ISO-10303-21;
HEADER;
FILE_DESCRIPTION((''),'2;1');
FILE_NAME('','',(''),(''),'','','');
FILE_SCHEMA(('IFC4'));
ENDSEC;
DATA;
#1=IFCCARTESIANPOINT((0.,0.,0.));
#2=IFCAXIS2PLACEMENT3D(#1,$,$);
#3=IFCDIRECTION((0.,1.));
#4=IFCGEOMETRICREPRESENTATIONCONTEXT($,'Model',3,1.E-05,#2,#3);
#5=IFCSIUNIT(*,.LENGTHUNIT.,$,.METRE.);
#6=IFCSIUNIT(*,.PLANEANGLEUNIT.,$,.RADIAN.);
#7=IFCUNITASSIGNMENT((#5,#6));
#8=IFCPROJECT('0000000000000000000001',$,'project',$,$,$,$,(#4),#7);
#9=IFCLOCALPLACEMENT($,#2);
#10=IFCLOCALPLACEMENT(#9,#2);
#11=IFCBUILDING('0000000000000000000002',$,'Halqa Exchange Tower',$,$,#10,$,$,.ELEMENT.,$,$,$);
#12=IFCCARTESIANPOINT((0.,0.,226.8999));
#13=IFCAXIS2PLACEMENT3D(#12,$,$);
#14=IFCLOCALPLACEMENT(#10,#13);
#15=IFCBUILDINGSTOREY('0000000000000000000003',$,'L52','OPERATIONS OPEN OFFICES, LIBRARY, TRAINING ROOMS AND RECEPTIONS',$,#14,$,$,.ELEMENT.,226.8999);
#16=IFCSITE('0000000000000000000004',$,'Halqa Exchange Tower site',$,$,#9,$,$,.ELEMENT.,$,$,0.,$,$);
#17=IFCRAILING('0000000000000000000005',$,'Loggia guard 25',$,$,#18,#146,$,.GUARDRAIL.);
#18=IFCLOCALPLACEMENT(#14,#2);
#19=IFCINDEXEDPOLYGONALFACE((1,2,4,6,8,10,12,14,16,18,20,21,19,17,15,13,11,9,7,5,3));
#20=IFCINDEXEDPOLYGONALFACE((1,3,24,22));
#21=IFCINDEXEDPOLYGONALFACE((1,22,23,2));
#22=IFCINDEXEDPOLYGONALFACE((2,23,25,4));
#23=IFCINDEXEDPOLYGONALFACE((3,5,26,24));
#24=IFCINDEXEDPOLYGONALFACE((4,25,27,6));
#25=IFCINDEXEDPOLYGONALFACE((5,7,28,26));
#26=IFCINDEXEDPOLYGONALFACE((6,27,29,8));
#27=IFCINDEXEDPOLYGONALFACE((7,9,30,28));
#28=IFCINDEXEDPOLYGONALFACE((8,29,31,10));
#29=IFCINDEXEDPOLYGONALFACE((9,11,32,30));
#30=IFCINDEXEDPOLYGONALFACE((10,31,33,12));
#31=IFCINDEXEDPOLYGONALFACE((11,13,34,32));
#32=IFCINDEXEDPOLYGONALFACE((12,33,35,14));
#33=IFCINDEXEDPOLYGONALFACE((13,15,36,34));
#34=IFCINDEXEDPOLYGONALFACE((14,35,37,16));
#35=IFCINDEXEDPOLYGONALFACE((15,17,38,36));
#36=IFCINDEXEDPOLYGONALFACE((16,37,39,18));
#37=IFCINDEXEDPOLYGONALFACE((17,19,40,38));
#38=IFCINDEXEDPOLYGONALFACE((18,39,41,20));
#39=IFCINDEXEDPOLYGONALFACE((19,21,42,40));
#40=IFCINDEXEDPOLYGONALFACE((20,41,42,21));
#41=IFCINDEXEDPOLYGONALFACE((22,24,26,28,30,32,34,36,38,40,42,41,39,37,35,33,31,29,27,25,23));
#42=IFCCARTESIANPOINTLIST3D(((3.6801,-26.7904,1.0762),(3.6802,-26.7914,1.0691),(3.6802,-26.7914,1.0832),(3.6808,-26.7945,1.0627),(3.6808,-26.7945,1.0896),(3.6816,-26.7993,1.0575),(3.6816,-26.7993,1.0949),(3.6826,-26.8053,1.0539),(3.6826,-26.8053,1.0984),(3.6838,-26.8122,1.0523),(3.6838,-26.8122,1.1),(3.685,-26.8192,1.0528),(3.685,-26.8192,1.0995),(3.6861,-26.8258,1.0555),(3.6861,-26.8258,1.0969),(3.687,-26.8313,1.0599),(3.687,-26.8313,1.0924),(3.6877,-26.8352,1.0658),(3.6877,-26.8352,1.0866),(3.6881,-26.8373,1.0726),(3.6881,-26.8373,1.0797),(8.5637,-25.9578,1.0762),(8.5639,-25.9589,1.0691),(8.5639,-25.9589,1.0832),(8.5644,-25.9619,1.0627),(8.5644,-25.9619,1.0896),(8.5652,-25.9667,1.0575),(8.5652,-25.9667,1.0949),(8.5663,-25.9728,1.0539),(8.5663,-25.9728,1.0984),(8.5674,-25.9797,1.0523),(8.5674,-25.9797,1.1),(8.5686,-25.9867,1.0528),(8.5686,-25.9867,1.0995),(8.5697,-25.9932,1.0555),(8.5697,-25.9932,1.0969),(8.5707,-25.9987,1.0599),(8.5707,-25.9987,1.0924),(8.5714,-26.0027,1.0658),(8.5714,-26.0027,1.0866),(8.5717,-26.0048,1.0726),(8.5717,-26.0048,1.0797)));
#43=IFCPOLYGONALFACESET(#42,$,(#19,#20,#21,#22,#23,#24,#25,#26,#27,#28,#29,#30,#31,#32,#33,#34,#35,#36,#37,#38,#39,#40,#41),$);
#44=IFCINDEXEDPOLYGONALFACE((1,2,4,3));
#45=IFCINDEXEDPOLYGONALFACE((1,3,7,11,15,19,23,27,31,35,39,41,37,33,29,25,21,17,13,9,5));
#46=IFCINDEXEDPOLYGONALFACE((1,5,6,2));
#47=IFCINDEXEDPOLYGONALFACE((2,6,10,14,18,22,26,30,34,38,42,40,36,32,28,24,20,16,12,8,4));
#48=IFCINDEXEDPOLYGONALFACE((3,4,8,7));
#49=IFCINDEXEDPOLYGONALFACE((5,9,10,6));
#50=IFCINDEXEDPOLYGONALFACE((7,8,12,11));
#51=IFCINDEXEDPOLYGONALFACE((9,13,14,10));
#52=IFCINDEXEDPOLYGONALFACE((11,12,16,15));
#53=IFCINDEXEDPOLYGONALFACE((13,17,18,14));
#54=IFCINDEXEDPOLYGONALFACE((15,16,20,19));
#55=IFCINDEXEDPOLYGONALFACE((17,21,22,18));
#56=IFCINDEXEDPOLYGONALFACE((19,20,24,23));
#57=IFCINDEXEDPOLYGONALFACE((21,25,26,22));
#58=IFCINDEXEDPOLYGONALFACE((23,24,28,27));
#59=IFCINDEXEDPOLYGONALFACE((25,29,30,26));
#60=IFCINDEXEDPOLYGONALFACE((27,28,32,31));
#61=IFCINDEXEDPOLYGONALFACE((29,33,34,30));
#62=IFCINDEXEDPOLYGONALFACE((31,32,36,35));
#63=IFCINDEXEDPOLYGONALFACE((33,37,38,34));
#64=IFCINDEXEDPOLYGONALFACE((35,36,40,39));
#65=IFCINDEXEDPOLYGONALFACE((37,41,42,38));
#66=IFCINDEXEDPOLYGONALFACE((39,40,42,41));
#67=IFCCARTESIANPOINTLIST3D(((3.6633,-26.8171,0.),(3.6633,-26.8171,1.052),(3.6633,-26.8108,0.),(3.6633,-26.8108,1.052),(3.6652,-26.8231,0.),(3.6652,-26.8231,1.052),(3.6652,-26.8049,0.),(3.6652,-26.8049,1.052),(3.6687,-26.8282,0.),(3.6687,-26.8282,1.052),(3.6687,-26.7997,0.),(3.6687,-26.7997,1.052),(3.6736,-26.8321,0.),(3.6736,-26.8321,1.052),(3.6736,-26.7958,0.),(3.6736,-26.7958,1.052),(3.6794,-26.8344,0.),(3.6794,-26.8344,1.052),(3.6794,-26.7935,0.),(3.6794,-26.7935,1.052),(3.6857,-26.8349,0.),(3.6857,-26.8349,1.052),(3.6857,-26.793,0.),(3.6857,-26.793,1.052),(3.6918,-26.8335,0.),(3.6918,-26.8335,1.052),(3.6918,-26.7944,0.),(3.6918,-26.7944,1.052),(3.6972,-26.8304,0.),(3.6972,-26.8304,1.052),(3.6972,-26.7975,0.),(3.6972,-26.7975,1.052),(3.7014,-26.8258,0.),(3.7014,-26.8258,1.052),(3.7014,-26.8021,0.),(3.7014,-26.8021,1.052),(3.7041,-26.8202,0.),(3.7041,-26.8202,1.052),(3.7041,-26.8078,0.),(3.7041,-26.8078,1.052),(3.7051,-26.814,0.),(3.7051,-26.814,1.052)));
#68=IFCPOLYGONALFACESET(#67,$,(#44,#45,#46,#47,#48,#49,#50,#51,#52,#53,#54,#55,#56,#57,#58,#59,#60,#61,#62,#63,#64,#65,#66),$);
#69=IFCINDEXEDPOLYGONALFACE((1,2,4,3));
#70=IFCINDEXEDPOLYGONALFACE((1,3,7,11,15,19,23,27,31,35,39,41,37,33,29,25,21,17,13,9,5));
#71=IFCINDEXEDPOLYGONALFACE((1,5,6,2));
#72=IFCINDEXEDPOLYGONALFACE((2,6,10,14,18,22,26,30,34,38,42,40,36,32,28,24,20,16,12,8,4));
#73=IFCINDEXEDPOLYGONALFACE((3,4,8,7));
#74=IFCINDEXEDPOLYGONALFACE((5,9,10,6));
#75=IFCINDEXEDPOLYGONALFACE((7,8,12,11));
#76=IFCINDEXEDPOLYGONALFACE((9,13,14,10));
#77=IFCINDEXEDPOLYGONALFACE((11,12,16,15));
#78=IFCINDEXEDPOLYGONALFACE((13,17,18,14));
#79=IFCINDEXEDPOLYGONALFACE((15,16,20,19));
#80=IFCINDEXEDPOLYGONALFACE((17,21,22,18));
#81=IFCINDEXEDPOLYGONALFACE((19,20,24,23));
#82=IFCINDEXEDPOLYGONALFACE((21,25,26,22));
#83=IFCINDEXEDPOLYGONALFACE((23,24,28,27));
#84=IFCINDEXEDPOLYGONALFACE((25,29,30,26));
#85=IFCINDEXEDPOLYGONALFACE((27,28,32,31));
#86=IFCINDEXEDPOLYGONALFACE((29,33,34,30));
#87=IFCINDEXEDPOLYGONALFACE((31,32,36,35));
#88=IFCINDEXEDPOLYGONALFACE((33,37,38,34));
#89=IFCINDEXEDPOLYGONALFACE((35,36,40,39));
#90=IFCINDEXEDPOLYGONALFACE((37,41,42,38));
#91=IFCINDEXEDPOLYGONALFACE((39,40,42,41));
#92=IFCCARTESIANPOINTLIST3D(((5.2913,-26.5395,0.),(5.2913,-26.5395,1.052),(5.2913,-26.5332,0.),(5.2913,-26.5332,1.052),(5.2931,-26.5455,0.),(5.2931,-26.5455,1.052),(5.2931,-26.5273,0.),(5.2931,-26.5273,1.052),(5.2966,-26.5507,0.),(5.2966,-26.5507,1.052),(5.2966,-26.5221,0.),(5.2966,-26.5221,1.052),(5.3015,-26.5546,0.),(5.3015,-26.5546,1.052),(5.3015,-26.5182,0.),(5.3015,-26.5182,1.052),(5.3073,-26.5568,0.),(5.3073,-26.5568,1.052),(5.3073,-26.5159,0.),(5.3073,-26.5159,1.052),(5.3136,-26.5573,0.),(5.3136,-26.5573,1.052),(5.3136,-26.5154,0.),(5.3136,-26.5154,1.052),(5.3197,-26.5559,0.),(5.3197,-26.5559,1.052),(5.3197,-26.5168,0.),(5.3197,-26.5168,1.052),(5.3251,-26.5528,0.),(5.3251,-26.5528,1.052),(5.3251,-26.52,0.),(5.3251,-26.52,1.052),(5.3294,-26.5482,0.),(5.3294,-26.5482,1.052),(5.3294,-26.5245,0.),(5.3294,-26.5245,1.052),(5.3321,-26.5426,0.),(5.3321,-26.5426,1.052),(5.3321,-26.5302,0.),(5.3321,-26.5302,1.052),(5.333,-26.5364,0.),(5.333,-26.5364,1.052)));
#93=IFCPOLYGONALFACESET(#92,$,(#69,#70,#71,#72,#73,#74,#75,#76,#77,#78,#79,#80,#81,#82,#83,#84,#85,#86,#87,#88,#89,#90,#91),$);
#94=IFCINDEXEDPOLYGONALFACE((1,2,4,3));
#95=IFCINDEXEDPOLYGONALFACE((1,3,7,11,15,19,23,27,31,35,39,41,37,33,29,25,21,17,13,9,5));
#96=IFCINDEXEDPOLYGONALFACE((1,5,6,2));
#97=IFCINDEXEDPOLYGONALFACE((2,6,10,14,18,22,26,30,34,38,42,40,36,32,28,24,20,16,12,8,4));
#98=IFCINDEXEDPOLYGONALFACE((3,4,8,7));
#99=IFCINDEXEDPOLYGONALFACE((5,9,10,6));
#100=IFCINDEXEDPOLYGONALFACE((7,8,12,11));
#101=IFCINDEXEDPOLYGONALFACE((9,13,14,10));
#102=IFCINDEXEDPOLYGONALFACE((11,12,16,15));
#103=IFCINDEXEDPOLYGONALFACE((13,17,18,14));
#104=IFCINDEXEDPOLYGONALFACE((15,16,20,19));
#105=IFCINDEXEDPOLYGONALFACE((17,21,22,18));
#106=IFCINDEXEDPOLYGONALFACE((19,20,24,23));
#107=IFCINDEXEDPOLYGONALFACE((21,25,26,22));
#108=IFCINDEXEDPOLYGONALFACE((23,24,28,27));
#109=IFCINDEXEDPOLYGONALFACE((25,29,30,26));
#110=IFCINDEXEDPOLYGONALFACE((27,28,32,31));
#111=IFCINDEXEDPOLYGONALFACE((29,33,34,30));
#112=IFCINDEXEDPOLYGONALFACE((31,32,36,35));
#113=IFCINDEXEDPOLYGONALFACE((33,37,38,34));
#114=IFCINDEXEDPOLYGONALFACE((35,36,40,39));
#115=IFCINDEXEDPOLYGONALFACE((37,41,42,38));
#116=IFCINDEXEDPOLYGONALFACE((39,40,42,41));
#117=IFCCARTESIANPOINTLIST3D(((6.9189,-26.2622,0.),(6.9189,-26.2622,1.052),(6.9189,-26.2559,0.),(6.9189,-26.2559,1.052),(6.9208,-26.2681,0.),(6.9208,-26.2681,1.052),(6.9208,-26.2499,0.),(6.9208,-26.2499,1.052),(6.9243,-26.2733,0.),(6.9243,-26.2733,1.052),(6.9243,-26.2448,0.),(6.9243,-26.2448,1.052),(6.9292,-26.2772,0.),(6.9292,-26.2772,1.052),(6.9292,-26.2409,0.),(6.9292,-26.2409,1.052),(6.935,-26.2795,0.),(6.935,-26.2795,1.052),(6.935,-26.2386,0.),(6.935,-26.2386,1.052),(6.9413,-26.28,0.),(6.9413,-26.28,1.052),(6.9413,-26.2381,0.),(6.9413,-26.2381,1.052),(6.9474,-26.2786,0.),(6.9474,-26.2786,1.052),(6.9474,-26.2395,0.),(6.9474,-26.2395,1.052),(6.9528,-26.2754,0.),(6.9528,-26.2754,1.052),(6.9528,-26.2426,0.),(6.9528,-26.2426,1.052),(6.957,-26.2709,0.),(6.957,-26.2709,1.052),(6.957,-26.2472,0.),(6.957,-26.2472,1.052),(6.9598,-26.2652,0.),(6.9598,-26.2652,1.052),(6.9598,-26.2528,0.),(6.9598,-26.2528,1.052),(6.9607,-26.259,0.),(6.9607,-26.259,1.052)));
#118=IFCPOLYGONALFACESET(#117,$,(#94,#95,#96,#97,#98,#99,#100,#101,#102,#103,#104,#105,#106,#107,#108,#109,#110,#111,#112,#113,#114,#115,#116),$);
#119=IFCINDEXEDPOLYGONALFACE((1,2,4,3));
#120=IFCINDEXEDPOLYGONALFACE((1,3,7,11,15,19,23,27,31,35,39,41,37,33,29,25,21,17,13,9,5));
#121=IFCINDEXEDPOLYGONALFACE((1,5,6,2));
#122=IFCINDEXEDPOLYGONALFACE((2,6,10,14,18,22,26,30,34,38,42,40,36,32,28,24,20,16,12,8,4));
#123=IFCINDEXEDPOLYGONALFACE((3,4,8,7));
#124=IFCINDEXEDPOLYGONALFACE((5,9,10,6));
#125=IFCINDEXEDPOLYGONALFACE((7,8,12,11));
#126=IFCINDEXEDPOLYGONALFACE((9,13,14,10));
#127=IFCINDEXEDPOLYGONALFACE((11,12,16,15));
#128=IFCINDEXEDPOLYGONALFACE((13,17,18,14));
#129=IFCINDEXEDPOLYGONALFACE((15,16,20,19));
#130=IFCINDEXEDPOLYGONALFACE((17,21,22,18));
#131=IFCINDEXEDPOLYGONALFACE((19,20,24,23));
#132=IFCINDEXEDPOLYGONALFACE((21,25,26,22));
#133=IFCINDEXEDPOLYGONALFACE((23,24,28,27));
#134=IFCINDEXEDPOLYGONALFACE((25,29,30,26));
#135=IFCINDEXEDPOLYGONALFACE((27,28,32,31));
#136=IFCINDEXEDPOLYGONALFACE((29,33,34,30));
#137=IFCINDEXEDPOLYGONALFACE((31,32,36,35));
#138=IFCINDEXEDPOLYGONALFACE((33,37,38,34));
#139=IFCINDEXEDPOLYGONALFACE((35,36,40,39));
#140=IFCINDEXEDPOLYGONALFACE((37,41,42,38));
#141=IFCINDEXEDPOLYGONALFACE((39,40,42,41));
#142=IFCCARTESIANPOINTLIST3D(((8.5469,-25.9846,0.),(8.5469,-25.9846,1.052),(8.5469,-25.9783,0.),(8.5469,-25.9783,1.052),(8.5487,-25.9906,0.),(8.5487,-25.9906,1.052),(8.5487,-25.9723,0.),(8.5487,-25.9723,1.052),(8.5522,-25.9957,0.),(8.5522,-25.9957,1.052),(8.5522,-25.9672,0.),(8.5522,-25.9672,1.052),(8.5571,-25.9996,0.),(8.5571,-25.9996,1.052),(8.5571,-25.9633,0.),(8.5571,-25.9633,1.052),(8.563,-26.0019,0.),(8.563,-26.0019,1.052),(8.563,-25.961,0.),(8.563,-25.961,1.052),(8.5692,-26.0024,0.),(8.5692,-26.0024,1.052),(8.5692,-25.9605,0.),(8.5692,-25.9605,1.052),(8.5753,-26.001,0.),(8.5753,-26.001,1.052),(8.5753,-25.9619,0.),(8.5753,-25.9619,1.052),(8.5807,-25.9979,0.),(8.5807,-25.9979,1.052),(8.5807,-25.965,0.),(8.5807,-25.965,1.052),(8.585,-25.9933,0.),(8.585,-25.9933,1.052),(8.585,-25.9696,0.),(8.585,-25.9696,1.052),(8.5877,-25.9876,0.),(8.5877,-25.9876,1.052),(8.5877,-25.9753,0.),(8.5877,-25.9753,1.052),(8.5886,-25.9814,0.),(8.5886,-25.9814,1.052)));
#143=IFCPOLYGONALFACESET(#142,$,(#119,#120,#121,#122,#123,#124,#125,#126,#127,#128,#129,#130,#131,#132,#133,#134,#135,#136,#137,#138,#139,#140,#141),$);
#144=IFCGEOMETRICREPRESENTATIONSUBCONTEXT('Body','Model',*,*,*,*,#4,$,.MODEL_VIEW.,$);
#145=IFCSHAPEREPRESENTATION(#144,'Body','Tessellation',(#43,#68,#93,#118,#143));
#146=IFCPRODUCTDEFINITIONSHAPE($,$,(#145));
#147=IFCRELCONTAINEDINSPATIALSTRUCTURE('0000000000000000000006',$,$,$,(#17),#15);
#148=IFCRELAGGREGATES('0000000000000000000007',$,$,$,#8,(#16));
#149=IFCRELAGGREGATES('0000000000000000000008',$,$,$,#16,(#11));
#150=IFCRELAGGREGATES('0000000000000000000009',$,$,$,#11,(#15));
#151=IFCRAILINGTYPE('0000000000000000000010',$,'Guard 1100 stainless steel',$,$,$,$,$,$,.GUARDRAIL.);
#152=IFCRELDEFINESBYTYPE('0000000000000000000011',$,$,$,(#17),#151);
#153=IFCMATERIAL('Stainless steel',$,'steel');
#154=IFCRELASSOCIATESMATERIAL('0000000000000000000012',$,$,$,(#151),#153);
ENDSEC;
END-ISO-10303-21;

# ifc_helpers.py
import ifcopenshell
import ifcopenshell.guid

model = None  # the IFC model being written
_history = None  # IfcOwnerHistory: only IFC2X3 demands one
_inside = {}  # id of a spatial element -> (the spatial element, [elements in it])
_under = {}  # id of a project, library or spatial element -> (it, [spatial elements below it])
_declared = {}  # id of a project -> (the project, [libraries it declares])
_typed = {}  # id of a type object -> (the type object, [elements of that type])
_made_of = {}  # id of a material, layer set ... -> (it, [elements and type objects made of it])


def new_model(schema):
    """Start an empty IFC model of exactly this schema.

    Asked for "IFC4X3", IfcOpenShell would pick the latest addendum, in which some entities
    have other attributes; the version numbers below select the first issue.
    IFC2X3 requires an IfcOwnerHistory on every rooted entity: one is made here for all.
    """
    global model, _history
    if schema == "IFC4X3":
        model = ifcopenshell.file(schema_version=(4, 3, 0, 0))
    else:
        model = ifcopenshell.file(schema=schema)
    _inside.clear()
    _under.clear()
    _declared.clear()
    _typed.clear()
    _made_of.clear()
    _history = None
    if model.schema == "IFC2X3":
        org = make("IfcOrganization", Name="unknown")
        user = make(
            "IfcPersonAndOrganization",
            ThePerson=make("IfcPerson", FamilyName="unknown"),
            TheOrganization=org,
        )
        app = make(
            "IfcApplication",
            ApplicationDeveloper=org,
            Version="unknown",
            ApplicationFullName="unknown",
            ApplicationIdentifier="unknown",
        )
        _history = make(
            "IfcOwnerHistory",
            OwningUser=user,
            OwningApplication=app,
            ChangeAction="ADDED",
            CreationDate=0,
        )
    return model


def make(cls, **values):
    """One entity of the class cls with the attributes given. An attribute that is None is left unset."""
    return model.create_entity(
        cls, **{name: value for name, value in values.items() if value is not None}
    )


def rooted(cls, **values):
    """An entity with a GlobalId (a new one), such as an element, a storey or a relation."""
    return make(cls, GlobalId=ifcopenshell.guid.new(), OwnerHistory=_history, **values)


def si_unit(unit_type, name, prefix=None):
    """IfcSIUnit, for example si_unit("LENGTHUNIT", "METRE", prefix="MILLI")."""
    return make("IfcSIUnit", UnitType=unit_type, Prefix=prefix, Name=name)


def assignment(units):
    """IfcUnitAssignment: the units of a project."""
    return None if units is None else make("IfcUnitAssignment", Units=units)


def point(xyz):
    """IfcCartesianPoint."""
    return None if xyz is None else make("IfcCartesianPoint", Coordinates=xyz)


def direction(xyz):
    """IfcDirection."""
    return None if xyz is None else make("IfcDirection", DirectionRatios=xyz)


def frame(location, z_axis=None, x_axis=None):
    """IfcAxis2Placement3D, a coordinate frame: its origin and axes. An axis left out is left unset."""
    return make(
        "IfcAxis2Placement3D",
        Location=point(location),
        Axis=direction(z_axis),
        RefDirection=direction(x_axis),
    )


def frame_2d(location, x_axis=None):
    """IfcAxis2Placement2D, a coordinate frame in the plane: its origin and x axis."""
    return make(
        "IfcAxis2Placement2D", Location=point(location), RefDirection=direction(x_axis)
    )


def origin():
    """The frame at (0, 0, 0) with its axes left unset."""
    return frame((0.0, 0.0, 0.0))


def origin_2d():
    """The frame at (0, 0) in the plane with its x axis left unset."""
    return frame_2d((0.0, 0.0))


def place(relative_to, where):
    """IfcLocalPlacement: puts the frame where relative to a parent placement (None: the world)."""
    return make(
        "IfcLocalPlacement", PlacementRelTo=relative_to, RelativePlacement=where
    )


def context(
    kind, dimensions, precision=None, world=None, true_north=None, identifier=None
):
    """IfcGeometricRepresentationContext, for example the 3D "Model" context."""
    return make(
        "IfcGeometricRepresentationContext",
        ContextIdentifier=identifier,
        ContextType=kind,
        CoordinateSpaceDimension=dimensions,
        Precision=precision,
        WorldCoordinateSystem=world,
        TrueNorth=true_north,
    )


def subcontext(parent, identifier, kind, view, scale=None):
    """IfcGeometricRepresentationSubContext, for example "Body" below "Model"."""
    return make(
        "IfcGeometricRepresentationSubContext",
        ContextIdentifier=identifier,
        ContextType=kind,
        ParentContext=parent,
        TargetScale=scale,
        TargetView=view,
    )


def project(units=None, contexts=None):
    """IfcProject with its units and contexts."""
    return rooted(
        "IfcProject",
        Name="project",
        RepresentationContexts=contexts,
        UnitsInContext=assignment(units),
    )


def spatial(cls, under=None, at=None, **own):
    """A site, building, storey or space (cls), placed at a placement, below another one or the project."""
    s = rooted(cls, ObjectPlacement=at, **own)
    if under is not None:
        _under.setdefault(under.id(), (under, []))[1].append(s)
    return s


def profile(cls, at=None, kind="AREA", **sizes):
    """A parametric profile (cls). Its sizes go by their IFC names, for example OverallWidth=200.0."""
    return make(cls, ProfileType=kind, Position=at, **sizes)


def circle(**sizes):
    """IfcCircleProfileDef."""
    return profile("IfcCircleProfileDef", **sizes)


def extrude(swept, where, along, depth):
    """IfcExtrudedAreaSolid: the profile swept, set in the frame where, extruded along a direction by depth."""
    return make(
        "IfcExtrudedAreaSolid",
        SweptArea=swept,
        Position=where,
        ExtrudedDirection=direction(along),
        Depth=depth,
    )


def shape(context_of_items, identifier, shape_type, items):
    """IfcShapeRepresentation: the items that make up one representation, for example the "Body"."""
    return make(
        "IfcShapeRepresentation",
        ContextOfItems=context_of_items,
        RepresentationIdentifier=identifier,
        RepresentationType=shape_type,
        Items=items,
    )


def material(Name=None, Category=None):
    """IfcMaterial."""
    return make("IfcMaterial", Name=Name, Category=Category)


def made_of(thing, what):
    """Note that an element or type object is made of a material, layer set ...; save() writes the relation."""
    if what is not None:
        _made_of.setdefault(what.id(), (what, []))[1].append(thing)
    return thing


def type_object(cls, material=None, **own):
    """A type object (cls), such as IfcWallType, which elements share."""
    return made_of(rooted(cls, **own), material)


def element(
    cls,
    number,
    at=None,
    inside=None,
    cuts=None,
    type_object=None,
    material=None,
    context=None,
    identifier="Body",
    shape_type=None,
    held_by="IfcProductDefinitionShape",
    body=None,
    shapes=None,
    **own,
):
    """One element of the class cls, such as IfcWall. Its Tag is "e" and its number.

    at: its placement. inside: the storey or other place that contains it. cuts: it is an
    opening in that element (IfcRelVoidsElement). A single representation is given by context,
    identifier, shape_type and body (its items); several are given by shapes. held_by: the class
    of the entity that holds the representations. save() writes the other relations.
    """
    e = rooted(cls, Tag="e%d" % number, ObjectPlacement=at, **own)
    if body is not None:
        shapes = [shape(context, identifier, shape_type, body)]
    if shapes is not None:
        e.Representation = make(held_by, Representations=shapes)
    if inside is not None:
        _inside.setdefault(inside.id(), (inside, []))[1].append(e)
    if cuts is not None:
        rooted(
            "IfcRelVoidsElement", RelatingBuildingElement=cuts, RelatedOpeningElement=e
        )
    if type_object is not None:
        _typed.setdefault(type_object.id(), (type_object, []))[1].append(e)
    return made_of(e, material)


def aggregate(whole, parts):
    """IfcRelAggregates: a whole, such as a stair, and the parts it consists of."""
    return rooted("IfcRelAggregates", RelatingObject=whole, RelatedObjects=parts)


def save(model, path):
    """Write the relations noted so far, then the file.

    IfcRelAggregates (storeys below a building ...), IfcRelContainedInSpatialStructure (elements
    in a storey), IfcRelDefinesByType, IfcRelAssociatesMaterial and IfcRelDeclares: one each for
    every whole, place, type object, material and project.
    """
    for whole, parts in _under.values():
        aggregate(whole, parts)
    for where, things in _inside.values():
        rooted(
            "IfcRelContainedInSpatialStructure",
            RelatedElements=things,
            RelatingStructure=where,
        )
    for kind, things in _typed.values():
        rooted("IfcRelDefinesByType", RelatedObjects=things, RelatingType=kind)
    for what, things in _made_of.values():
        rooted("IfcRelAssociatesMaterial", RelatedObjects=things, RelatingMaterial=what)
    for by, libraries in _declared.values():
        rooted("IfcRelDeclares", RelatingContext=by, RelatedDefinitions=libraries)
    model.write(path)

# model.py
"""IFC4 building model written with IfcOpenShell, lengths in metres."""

from ifc_helpers import new_model, si_unit, direction, frame, origin, origin_2d, place, context, subcontext, project, spatial, circle, extrude, material, type_object, element, save


model = new_model("IFC4")

# Units and contexts
model_context = context("Model", 3, precision=1e-05, world=origin(), true_north=direction((0.0, 1.0)))
body_context = subcontext(model_context, "Body", "Model", "MODEL_VIEW")
ifc_project = project(units=[si_unit("LENGTHUNIT", "METRE"), si_unit("PLANEANGLEUNIT", "RADIAN")], contexts=[model_context])

# Site, building, storey
site_placement = place(None, origin())
site = spatial("IfcSite", under=ifc_project, at=site_placement, Name="Halqa Exchange Tower site", CompositionType="ELEMENT", RefElevation=0.0)
building_placement = place(site_placement, origin())
building = spatial("IfcBuilding", under=site, at=building_placement, Name="Halqa Exchange Tower", CompositionType="ELEMENT")
storey_placement = place(building_placement, frame((0.0, 0.0, 226.8999)))
storey = spatial("IfcBuildingStorey", under=building, at=storey_placement, Name="L52", Description="OPERATIONS OPEN OFFICES, LIBRARY, TRAINING ROOMS AND RECEPTIONS", CompositionType="ELEMENT", Elevation=226.8999)

# Railing
ifc_material_1 = material(Name="Stainless steel", Category="steel")
railing_type = type_object("IfcRailingType", Name="Guard 1100 stainless steel", PredefinedType="GUARDRAIL", material=ifc_material_1)
railing_1_placement = place(storey_placement, frame((3.6841, -26.814, 0.0)))
element("IfcRailing", 1, at=railing_1_placement, inside=storey, type_object=railing_type, Name="Loggia guard 25", PredefinedType="GUARDRAIL", context=body_context, shape_type="SweptSolid", body=[
    extrude(circle(Radius=0.0239, at=origin_2d()), frame((0.0, 0.0, 1.0762), z_axis=(0.985778, 0.16805, 0.0), x_axis=(-0.16805, 0.985778, 0.0)), (0.0, 0.0, 1.0), 4.9541),
    extrude(circle(Radius=0.021, at=origin_2d()), origin(), (0.0, 0.0, 1.0), 1.052),
    extrude(circle(Radius=0.021, at=origin_2d()), frame((1.6279, 0.2776, 0.0)), (0.0, 0.0, 1.0), 1.052),
    extrude(circle(Radius=0.021, at=origin_2d()), frame((3.2556, 0.5549, 0.0)), (0.0, 0.0, 1.0), 1.052),
    extrude(circle(Radius=0.021, at=origin_2d()), frame((4.8835, 0.8325, 0.0)), (0.0, 0.0, 1.0), 1.052),
])

save(model, "model.ifc")
